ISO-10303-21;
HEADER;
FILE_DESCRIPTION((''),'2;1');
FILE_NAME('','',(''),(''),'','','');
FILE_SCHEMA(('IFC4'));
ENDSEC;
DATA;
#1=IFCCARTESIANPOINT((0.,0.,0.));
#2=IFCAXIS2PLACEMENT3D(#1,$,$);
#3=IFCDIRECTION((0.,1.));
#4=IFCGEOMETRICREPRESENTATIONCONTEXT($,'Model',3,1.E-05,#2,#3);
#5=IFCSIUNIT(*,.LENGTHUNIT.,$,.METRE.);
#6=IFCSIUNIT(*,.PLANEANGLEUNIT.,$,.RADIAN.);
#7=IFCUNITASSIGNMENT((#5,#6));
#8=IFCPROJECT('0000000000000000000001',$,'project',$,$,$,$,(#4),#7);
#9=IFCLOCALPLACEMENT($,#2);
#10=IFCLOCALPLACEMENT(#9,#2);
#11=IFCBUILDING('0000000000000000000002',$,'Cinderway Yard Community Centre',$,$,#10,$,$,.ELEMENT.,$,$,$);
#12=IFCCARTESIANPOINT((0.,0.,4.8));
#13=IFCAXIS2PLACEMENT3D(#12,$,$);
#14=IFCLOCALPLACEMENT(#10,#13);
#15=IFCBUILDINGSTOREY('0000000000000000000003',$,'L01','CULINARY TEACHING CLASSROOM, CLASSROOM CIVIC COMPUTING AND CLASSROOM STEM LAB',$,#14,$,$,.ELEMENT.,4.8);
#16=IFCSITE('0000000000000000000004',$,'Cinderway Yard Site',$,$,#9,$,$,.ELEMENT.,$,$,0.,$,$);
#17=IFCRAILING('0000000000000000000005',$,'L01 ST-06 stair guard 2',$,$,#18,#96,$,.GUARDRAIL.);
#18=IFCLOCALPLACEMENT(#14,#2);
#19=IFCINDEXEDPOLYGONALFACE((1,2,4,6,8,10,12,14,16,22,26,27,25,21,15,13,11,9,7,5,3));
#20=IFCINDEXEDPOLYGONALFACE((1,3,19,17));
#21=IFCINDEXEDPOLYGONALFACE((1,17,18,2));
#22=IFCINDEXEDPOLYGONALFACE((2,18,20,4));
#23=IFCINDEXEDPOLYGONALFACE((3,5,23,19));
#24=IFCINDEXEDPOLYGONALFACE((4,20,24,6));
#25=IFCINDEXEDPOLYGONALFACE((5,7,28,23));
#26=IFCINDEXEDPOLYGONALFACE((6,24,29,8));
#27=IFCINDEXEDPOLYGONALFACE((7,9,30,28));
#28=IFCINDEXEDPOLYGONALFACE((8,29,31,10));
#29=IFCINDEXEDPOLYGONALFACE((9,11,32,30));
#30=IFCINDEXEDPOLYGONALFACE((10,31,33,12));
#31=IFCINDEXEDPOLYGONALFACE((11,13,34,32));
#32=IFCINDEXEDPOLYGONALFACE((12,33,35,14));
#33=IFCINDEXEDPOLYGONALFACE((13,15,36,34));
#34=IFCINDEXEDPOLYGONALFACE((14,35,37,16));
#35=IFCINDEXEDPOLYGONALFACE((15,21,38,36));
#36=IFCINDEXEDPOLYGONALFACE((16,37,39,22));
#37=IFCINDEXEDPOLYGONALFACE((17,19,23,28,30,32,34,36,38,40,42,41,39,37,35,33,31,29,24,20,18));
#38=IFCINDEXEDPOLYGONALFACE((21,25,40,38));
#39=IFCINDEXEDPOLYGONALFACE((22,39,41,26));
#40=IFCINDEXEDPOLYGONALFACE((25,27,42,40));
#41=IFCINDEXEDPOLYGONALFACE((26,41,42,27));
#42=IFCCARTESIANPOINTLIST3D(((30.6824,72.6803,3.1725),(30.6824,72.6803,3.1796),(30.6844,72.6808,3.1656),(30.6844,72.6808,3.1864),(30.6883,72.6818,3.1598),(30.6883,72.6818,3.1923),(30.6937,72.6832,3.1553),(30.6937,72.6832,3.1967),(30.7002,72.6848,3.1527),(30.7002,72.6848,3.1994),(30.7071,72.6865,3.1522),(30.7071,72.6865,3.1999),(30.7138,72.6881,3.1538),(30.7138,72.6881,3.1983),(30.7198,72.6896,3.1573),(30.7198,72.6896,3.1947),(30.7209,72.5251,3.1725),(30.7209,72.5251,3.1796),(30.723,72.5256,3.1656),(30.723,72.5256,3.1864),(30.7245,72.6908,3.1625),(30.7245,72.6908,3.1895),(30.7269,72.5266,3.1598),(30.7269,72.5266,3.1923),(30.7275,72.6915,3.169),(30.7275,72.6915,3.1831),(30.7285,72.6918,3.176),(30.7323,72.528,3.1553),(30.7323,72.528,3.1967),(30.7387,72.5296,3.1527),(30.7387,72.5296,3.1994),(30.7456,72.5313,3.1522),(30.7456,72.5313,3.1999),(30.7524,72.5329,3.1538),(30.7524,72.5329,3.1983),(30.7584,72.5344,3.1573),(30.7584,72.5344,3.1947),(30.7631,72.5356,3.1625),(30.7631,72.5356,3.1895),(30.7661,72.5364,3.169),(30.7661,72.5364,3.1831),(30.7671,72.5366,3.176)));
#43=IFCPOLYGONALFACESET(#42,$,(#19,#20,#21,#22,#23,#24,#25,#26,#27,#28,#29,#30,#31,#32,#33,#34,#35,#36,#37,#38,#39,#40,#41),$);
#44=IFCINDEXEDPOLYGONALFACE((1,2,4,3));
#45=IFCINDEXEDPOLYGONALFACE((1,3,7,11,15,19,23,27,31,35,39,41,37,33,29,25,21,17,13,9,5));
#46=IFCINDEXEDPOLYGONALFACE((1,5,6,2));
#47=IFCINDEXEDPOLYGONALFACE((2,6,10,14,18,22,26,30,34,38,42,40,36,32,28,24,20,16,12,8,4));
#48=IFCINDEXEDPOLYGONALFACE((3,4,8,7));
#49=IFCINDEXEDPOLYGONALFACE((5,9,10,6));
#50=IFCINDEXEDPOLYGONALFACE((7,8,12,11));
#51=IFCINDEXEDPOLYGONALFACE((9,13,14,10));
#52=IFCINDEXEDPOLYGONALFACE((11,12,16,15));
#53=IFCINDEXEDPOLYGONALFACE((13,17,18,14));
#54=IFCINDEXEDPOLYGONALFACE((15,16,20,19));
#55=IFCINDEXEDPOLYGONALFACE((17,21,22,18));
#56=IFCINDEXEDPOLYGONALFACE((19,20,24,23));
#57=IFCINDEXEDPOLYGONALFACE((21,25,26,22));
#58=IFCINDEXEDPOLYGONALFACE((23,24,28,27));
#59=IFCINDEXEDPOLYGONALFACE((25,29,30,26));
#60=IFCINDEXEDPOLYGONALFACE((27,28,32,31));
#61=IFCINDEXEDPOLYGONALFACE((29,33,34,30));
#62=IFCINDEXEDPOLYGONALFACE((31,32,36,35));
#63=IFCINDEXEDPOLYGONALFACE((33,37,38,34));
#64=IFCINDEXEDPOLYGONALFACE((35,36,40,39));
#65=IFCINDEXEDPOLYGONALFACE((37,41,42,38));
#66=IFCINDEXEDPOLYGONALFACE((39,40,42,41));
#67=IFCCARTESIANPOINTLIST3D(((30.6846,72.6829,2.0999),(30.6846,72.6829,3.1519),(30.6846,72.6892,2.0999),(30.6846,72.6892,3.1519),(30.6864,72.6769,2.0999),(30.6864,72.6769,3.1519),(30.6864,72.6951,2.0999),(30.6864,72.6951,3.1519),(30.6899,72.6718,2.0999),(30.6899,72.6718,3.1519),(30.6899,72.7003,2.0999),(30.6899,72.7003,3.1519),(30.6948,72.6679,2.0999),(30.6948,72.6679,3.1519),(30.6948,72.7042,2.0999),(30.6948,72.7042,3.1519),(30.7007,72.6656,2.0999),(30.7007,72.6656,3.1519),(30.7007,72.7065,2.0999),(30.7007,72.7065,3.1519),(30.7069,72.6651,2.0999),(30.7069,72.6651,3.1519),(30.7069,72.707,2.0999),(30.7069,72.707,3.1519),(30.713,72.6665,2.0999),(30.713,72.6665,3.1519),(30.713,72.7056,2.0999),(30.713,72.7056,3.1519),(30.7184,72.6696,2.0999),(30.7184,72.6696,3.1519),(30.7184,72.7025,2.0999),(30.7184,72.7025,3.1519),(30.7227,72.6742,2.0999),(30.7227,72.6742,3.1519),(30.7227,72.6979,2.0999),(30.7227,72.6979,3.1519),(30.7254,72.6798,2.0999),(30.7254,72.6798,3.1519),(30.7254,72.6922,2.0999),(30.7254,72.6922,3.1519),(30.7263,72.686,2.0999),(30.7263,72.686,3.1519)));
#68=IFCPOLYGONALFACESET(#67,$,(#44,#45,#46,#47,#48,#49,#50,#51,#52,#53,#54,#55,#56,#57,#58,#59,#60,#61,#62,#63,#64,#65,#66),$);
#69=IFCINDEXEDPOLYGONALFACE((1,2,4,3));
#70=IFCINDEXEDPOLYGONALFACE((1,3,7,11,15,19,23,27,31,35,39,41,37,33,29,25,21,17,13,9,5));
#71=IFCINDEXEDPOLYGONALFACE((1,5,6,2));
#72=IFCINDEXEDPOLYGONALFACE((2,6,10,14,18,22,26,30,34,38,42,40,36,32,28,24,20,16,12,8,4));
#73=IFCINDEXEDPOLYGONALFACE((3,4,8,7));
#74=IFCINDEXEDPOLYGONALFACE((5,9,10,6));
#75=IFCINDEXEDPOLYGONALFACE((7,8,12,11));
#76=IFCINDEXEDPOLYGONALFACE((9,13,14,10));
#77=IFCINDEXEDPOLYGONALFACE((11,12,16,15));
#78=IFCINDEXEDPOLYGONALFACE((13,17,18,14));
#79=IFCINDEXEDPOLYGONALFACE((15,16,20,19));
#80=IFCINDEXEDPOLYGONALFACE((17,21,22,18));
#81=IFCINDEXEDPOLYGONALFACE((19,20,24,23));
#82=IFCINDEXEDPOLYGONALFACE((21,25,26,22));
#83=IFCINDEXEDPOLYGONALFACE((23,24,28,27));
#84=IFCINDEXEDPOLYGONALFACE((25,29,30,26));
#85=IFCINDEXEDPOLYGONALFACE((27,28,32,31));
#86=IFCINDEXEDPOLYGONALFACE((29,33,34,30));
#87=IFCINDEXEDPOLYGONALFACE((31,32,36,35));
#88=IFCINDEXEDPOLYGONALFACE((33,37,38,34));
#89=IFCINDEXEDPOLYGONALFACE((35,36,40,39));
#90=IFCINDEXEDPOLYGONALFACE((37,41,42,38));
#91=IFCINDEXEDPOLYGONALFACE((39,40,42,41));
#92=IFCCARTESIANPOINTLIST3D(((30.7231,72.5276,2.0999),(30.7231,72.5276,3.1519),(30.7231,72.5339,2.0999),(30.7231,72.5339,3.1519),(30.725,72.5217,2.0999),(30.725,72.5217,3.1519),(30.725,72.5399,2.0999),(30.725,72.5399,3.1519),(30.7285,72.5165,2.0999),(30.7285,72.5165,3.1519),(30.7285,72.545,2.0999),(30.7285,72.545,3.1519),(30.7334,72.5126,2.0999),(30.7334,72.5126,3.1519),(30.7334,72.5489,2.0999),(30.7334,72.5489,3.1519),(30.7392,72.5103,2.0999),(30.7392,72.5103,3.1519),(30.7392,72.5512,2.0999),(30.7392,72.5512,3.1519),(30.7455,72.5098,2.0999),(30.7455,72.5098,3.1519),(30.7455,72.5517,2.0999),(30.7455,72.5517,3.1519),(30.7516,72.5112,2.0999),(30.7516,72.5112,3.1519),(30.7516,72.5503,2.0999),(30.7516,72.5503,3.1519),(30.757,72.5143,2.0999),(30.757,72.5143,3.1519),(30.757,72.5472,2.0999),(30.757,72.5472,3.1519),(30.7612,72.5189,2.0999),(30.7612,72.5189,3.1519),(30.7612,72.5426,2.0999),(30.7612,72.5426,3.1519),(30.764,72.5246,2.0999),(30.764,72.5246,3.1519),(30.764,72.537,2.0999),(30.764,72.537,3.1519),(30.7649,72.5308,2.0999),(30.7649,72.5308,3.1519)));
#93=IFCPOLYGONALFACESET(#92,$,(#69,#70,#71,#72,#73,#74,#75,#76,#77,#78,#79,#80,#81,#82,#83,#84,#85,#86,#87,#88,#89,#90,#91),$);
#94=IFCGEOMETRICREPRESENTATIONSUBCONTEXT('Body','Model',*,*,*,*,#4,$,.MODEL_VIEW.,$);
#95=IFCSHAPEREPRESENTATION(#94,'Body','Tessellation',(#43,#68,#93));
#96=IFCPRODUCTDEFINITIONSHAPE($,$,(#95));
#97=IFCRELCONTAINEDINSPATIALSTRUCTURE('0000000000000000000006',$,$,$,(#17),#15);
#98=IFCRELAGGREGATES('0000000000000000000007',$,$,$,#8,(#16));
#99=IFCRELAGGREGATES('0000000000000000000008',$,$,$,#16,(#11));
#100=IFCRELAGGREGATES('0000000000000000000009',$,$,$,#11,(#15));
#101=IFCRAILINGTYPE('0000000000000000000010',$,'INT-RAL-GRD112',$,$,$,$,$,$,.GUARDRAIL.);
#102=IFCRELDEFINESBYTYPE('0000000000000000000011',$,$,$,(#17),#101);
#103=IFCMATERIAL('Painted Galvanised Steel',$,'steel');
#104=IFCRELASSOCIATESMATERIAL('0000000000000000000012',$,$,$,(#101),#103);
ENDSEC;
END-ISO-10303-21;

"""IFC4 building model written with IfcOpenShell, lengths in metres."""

from ifc_helpers import new_model, si_unit, direction, frame, origin, origin_2d, place, context, subcontext, project, spatial, circle, extrude, material, type_object, element, save


model = new_model("IFC4")

# Units and contexts
model_context = context("Model", 3, precision=1e-05, world=origin(), true_north=direction((0.0, 1.0)))
body_context = subcontext(model_context, "Body", "Model", "MODEL_VIEW")
ifc_project = project(units=[si_unit("LENGTHUNIT", "METRE"), si_unit("PLANEANGLEUNIT", "RADIAN")], contexts=[model_context])

# Site, building, storey
site_placement = place(None, origin())
site = spatial("IfcSite", under=ifc_project, at=site_placement, Name="Cinderway Yard Site", CompositionType="ELEMENT", RefElevation=0.0)
building_placement = place(site_placement, origin())
building = spatial("IfcBuilding", under=site, at=building_placement, Name="Cinderway Yard Community Centre", CompositionType="ELEMENT")
storey_placement = place(building_placement, frame((0.0, 0.0, 4.8)))
storey = spatial("IfcBuildingStorey", under=building, at=storey_placement, Name="L01", Description="CULINARY TEACHING CLASSROOM, CLASSROOM CIVIC COMPUTING AND CLASSROOM STEM LAB", CompositionType="ELEMENT", Elevation=4.8)

# Railing
ifc_material_1 = material(Name="Painted Galvanised Steel", Category="steel")
railing_type_1 = type_object("IfcRailingType", Name="INT-RAL-GRD112", PredefinedType="GUARDRAIL", material=ifc_material_1)
railing_1_placement = place(storey_placement, frame((30.7053, 72.686, 2.0999)))
element("IfcRailing", 1, at=railing_1_placement, inside=storey, type_object=railing_type_1, Name="L01 ST-06 stair guard 2", PredefinedType="GUARDRAIL", context=body_context, shape_type="SweptSolid", body=[
    extrude(circle(Radius=0.0239, at=origin_2d()), frame((0.0, 0.0, 1.0762), z_axis=(0.241099, -0.9705, 0.0), x_axis=(0.9705, 0.241099, 0.0)), (0.0, 0.0, 1.0), 0.1599),
    extrude(circle(Radius=0.021, at=origin_2d()), origin(), (0.0, 0.0, 1.0), 1.052),
    extrude(circle(Radius=0.021, at=origin_2d()), frame((0.0386, -0.1553, 0.0)), (0.0, 0.0, 1.0), 1.052),
])

save(model, "model.ifc")
